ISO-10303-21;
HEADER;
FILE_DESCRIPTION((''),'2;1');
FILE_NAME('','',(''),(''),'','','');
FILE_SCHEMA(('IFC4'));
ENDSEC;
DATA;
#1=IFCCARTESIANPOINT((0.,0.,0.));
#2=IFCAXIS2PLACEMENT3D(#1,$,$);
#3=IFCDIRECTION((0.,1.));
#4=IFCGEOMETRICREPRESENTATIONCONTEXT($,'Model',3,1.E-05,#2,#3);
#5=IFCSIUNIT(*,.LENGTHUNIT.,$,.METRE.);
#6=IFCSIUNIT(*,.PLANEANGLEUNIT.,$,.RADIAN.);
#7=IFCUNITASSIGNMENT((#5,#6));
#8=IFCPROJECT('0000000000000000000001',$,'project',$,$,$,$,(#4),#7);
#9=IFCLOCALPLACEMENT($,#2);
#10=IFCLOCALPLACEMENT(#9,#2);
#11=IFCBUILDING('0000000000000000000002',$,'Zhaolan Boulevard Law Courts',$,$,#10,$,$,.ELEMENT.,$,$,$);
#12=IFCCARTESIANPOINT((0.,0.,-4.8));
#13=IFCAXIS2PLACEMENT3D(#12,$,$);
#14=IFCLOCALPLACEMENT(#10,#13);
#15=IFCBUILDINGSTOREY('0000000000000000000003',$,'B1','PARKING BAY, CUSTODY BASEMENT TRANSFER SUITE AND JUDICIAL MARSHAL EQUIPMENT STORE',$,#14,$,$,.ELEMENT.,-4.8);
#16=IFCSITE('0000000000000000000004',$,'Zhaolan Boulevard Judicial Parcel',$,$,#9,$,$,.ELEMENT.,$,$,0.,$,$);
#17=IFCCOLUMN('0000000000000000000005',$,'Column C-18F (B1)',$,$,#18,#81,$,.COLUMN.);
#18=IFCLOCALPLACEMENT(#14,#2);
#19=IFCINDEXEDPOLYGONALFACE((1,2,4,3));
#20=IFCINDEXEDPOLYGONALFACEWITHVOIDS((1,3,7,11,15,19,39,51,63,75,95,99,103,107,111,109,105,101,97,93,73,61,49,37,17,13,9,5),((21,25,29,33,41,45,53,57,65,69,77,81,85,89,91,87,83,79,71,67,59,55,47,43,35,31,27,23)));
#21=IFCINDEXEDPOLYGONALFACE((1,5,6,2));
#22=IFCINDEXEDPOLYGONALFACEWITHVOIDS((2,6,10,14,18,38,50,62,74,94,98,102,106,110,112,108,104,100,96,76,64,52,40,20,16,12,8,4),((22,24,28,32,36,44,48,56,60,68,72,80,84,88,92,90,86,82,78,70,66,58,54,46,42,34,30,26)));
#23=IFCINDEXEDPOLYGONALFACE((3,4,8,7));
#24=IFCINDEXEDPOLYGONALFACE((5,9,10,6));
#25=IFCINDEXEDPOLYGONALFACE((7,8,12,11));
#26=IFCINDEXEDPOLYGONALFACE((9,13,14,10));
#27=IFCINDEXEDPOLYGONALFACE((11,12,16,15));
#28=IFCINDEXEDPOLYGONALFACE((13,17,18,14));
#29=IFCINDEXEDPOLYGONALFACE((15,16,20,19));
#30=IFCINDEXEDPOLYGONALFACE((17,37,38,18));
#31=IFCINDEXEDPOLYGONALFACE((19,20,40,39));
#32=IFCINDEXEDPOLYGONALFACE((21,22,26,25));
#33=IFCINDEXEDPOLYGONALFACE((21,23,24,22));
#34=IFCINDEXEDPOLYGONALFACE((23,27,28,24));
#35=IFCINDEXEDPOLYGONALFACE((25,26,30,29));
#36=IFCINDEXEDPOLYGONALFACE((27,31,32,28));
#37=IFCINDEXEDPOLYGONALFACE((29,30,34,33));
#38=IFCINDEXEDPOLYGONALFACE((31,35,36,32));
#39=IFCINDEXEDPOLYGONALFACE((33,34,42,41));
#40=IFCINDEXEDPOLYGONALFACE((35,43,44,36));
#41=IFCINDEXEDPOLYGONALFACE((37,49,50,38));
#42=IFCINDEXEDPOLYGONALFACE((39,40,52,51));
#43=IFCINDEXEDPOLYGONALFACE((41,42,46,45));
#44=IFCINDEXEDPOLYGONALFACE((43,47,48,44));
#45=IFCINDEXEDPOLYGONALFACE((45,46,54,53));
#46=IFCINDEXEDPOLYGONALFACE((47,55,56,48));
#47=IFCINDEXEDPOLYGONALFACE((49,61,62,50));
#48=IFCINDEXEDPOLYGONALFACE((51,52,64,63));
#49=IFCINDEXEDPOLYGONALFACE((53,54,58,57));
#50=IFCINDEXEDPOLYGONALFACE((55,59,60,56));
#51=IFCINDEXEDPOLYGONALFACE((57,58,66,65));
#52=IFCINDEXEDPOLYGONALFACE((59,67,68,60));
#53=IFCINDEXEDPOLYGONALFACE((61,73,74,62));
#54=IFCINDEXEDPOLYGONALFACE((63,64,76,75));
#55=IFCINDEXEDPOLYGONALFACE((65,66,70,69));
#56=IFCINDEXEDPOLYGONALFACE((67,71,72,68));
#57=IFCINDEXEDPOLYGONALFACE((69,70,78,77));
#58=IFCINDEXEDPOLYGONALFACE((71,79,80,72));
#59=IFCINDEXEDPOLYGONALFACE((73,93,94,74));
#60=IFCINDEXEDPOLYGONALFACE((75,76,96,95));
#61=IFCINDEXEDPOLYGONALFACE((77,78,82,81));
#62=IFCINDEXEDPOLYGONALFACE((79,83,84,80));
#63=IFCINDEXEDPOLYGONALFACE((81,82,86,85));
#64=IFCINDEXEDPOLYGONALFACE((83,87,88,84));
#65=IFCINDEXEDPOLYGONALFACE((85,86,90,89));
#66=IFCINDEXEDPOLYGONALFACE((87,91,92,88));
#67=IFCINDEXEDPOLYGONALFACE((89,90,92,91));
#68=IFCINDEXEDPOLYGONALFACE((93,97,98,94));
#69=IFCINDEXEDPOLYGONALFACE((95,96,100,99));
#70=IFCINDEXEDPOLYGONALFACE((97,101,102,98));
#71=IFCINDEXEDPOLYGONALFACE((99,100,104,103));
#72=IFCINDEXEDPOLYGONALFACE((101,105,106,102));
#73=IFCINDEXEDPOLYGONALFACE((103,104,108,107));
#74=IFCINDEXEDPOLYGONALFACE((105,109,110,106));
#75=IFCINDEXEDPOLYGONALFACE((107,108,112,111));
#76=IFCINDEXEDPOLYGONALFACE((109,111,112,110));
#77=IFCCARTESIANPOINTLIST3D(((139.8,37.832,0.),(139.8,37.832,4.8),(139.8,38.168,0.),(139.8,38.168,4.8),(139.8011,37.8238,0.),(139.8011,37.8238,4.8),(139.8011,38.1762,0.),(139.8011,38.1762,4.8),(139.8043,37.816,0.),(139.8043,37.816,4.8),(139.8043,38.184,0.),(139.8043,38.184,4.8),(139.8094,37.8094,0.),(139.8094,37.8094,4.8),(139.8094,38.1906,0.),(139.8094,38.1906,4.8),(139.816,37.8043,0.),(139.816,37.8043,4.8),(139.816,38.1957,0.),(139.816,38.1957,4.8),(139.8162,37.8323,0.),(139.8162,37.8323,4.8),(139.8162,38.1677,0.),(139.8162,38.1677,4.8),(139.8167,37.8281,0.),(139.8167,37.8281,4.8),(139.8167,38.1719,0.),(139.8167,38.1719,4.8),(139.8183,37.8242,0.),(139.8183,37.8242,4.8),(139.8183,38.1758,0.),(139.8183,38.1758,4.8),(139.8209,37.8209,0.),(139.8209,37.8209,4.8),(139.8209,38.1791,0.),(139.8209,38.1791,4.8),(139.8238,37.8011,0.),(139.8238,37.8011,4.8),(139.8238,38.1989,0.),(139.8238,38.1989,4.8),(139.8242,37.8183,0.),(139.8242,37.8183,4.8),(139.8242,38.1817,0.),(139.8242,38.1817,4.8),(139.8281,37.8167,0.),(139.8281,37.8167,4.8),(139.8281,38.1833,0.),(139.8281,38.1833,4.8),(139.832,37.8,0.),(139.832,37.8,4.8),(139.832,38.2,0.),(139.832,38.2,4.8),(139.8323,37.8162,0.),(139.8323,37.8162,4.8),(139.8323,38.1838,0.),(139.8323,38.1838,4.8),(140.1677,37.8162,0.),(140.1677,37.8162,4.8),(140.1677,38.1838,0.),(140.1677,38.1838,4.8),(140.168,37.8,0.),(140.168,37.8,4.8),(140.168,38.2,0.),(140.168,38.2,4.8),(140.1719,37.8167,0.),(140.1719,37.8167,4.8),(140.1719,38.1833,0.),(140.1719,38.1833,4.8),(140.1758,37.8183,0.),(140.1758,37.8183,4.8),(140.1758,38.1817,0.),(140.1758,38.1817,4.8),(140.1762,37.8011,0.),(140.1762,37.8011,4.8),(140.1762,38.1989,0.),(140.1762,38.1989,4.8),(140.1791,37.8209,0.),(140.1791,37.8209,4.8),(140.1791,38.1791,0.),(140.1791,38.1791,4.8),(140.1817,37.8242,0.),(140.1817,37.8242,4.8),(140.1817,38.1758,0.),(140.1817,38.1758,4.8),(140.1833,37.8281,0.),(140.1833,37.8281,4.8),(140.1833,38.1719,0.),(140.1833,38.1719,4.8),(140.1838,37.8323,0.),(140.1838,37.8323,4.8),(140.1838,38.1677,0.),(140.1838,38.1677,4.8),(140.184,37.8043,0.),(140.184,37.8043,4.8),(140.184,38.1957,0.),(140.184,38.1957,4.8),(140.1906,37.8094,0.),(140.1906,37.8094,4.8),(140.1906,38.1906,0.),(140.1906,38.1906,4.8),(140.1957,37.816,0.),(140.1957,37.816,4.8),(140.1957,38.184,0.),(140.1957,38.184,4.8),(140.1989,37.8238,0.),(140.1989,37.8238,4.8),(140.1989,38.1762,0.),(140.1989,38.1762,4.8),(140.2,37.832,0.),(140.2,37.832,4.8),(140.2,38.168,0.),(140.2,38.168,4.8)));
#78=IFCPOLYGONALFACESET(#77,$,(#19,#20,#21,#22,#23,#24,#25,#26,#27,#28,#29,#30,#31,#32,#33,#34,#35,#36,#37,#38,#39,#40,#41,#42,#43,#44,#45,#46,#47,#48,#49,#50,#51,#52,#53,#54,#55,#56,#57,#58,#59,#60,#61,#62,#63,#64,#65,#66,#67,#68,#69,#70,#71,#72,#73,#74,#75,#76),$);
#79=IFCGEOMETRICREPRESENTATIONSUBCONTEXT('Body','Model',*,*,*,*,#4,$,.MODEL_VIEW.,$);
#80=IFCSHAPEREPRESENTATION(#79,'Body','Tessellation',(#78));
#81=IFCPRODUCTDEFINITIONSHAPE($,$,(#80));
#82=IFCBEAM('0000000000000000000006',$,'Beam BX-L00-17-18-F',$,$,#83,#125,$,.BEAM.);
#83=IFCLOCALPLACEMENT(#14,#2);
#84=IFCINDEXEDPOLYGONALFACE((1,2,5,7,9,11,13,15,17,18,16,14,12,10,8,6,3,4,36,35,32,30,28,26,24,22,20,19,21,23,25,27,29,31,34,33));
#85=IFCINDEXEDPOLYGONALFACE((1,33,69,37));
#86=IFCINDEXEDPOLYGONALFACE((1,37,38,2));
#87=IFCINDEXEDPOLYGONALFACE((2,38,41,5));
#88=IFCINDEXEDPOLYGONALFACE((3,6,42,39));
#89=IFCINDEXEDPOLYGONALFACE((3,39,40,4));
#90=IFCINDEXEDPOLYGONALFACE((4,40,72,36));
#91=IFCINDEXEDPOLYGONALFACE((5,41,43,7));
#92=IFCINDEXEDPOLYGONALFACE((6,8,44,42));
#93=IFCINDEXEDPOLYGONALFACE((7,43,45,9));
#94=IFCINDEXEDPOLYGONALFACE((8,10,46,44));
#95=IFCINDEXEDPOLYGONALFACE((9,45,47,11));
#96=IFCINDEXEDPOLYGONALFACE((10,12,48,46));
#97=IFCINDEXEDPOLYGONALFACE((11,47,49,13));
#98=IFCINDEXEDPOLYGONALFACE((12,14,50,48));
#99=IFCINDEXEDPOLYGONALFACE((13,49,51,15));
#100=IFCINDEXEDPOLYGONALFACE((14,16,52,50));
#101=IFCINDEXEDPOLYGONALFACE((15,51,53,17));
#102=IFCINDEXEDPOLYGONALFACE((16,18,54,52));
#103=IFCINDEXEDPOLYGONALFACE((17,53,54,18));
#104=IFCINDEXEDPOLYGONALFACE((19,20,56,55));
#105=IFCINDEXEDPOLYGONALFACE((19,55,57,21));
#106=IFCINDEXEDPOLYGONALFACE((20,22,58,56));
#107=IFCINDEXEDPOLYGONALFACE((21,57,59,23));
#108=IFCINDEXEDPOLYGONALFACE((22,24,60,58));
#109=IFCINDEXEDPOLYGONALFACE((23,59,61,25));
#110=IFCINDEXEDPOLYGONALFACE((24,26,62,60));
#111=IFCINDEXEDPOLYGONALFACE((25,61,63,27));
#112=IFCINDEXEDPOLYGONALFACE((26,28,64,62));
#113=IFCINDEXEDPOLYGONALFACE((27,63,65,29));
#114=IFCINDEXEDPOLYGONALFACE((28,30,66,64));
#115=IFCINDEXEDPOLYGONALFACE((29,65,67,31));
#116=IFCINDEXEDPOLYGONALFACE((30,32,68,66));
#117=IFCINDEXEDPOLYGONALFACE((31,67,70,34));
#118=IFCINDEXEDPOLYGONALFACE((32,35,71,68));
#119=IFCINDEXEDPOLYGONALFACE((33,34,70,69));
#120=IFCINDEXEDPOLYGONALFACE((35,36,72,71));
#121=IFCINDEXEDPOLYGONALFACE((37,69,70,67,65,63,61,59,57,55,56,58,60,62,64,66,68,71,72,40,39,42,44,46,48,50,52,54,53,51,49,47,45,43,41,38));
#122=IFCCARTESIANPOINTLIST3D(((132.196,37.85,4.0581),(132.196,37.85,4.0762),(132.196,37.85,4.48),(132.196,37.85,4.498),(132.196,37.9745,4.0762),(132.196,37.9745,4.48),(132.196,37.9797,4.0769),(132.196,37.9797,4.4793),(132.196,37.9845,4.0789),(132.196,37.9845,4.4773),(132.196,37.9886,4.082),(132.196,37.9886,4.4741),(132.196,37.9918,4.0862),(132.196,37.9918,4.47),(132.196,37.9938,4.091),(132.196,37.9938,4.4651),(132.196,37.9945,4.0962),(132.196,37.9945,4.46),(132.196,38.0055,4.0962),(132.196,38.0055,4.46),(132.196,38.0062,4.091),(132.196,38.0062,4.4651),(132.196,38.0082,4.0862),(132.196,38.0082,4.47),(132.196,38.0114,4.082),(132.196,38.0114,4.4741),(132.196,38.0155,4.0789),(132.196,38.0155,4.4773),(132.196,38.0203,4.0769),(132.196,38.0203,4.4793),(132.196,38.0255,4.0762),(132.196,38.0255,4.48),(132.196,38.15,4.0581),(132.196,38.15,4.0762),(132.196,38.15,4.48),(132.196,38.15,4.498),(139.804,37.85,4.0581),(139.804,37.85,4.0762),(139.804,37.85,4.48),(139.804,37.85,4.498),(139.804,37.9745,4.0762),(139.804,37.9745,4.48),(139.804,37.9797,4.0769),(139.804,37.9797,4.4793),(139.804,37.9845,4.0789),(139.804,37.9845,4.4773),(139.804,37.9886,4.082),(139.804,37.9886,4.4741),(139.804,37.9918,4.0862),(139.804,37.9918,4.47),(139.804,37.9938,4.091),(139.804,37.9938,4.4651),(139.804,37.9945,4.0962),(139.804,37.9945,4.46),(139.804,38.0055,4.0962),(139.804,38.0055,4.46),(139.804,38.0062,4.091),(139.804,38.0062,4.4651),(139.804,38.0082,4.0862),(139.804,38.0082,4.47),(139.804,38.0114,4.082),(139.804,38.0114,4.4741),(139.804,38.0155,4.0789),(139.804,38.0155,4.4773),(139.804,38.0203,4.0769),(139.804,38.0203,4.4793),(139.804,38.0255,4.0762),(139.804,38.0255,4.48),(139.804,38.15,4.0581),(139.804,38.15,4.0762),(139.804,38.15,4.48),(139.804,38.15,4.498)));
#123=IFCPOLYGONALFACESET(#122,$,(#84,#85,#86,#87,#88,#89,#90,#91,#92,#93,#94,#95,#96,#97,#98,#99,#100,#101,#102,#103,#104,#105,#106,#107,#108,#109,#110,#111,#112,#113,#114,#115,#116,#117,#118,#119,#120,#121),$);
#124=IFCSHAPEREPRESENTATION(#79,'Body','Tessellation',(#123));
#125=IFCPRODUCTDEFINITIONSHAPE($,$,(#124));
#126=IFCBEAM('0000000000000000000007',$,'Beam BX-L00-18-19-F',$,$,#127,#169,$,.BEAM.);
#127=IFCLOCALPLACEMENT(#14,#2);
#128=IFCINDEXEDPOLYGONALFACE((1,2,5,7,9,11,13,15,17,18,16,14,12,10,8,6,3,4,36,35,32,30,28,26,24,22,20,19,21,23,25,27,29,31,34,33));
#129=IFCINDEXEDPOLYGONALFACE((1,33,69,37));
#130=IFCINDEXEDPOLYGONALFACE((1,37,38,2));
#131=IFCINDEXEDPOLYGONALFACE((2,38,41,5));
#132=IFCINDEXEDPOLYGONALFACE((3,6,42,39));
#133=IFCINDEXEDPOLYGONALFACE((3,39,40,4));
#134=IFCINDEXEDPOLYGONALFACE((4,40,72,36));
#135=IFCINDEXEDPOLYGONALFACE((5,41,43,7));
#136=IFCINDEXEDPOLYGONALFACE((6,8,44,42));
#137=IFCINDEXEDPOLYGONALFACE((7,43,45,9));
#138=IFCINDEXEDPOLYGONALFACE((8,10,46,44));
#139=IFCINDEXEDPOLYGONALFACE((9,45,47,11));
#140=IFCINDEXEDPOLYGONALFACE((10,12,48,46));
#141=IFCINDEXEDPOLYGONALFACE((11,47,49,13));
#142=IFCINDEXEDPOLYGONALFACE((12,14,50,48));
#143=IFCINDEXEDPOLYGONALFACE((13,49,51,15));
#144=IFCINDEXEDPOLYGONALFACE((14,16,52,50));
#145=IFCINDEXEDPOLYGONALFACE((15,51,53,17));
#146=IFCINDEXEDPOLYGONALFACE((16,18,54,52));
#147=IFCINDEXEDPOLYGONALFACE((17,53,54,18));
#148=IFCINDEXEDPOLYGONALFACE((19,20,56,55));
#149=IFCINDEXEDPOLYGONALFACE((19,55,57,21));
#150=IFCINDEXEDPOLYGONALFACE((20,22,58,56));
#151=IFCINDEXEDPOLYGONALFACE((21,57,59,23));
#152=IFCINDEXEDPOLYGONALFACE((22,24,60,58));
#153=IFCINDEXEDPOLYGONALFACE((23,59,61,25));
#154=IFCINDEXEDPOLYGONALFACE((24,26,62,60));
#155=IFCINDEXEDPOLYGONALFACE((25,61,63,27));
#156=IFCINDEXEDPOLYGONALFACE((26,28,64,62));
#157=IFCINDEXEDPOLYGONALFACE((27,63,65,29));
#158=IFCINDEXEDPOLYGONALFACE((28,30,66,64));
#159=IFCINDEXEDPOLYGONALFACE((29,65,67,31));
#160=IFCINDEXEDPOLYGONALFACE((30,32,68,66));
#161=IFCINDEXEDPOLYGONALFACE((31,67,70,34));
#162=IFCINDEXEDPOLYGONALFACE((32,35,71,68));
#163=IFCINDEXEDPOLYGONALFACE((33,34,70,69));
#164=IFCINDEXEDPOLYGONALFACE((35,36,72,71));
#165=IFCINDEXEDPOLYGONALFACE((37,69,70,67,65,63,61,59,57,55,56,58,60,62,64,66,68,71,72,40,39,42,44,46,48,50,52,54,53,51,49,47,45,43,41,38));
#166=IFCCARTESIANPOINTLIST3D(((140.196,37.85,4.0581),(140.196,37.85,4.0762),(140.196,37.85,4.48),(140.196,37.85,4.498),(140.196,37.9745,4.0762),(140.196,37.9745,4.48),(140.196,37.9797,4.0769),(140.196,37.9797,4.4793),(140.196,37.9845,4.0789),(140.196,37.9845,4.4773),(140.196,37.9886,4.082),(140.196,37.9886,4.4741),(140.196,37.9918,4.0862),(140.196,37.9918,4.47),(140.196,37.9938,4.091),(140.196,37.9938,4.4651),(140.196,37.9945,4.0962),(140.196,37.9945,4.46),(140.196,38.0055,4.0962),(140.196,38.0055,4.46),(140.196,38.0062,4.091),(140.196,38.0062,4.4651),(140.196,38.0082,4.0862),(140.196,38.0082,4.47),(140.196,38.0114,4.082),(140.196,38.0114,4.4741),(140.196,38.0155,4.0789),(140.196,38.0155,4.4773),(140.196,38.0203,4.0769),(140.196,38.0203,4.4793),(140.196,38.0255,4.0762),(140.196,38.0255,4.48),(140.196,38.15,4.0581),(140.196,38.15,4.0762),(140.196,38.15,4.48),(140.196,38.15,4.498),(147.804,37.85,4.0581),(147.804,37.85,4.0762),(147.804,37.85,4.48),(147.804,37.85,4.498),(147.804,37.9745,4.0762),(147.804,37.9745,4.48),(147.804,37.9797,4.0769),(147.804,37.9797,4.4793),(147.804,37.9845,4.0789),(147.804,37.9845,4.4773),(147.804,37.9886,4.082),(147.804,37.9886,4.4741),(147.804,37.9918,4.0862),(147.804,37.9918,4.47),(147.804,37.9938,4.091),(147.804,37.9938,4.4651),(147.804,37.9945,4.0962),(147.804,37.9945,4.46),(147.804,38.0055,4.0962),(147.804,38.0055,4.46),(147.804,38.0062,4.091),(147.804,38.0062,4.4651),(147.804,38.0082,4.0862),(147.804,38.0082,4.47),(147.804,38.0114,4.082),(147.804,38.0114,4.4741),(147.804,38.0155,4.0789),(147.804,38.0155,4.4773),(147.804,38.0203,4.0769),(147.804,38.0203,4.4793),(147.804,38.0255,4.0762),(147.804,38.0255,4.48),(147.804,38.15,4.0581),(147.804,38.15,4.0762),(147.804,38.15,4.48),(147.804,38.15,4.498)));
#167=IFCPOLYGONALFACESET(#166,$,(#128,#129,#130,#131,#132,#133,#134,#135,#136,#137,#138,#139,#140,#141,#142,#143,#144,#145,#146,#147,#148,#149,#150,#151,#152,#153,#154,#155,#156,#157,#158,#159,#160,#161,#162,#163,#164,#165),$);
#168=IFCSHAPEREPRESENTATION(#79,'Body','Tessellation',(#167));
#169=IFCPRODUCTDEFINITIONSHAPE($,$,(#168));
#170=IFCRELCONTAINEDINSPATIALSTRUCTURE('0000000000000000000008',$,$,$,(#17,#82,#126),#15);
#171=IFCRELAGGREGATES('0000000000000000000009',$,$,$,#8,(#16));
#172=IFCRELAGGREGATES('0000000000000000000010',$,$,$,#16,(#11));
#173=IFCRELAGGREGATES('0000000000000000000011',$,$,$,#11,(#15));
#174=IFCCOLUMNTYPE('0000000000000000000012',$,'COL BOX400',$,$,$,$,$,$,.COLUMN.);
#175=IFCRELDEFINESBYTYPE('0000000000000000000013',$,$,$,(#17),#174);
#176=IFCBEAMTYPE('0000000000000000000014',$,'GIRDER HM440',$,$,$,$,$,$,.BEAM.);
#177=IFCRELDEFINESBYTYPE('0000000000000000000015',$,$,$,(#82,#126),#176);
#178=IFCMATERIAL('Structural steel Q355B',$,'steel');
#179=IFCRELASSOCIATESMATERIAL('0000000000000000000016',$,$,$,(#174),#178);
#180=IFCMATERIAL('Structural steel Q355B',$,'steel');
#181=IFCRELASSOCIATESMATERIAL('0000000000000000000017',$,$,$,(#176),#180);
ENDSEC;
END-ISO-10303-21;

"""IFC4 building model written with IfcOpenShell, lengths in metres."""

from ifc_helpers import new_model, si_unit, direction, frame, origin, origin_2d, place, context, subcontext, project, spatial, hollow_rectangle, i_section, extrude, material, material_profile, profile_set, type_object, element, save


model = new_model("IFC4")

# Units and contexts
model_context = context("Model", 3, precision=1e-05, world=origin(), true_north=direction((0.0, 1.0)))
body_context = subcontext(model_context, "Body", "Model", "MODEL_VIEW")
ifc_project = project(units=[si_unit("LENGTHUNIT", "METRE"), si_unit("PLANEANGLEUNIT", "RADIAN")], contexts=[model_context])

# Site, building, storey
site_placement = place(None, origin())
site = spatial("IfcSite", under=ifc_project, at=site_placement, Name="Zhaolan Boulevard Judicial Parcel", CompositionType="ELEMENT", RefElevation=0.0)
building_placement = place(site_placement, origin())
building = spatial("IfcBuilding", under=site, at=building_placement, Name="Zhaolan Boulevard Law Courts", CompositionType="ELEMENT")
storey_placement = place(building_placement, frame((0.0, 0.0, -4.8)))
storey = spatial("IfcBuildingStorey", under=building, at=storey_placement, Name="B1", Description="PARKING BAY, CUSTODY BASEMENT TRANSFER SUITE AND JUDICIAL MARSHAL EQUIPMENT STORE", CompositionType="ELEMENT", Elevation=-4.8)

# Column
ifc_material_1 = material(Name="Structural steel Q355B", Category="steel")
ifc_material_profile_1 = material_profile(ifc_material_1, hollow_rectangle(XDim=0.3999, YDim=0.3999, WallThickness=0.0161, InnerFilletRadius=0.0161, OuterFilletRadius=0.032, at=origin_2d()), Name="BOX400x400x16")
ifc_profile_set_1 = profile_set([ifc_material_profile_1], Name="Structural steel Q355B")
column_type = type_object("IfcColumnType", Name="COL BOX400", PredefinedType="COLUMN", material=ifc_profile_set_1)
column_placement = place(storey_placement, frame((140.0, 38.0, 0.0), z_axis=(0.0, 0.0, 1.0), x_axis=(1.0, 0.0, 0.0)))
element("IfcColumn", 1, at=column_placement, inside=storey, type_object=column_type, Name="Column C-18F (B1)", PredefinedType="COLUMN", context=body_context, shape_type="SweptSolid", body=[
    extrude(hollow_rectangle(XDim=0.3999, YDim=0.3999, WallThickness=0.0161, InnerFilletRadius=0.0161, OuterFilletRadius=0.032, at=origin_2d()), origin(), (0.0, 0.0, 1.0), 4.8),
])

# Beams
ifc_material_2 = material(Name="Structural steel Q355B", Category="steel")
ifc_material_profile_2 = material_profile(ifc_material_2, i_section(OverallWidth=0.3, OverallDepth=0.4399, WebThickness=0.011, FlangeThickness=0.0181, FilletRadius=0.02, at=origin_2d()), Name="HM440x300")
ifc_profile_set_2 = profile_set([ifc_material_profile_2], Name="Structural steel Q355B")
beam_type_1 = type_object("IfcBeamType", Name="GIRDER HM440", PredefinedType="BEAM", material=ifc_profile_set_2)
for number, where, z_axis, x_axis, name in (
    (2, (132.196, 38.0, 4.2781), (1.0, 0.0, 0.0), (0.0, 1.0, 0.0), "Beam BX-L00-17-18-F"),
    (3, (140.196, 38.0, 4.2781), (1.0, 0.0, 0.0), (0.0, 1.0, 0.0), "Beam BX-L00-18-19-F"),
):
    element("IfcBeam", number, at=place(storey_placement, frame(where, z_axis=z_axis, x_axis=x_axis)), inside=storey, type_object=beam_type_1, Name=name, PredefinedType="BEAM", context=body_context, shape_type="SweptSolid", body=[
        extrude(i_section(OverallWidth=0.3, OverallDepth=0.4399, WebThickness=0.011, FlangeThickness=0.0181, FilletRadius=0.02, at=origin_2d()), origin(), (0.0, 0.0, 1.0), 7.6079),
    ])

save(model, "model.ifc")
